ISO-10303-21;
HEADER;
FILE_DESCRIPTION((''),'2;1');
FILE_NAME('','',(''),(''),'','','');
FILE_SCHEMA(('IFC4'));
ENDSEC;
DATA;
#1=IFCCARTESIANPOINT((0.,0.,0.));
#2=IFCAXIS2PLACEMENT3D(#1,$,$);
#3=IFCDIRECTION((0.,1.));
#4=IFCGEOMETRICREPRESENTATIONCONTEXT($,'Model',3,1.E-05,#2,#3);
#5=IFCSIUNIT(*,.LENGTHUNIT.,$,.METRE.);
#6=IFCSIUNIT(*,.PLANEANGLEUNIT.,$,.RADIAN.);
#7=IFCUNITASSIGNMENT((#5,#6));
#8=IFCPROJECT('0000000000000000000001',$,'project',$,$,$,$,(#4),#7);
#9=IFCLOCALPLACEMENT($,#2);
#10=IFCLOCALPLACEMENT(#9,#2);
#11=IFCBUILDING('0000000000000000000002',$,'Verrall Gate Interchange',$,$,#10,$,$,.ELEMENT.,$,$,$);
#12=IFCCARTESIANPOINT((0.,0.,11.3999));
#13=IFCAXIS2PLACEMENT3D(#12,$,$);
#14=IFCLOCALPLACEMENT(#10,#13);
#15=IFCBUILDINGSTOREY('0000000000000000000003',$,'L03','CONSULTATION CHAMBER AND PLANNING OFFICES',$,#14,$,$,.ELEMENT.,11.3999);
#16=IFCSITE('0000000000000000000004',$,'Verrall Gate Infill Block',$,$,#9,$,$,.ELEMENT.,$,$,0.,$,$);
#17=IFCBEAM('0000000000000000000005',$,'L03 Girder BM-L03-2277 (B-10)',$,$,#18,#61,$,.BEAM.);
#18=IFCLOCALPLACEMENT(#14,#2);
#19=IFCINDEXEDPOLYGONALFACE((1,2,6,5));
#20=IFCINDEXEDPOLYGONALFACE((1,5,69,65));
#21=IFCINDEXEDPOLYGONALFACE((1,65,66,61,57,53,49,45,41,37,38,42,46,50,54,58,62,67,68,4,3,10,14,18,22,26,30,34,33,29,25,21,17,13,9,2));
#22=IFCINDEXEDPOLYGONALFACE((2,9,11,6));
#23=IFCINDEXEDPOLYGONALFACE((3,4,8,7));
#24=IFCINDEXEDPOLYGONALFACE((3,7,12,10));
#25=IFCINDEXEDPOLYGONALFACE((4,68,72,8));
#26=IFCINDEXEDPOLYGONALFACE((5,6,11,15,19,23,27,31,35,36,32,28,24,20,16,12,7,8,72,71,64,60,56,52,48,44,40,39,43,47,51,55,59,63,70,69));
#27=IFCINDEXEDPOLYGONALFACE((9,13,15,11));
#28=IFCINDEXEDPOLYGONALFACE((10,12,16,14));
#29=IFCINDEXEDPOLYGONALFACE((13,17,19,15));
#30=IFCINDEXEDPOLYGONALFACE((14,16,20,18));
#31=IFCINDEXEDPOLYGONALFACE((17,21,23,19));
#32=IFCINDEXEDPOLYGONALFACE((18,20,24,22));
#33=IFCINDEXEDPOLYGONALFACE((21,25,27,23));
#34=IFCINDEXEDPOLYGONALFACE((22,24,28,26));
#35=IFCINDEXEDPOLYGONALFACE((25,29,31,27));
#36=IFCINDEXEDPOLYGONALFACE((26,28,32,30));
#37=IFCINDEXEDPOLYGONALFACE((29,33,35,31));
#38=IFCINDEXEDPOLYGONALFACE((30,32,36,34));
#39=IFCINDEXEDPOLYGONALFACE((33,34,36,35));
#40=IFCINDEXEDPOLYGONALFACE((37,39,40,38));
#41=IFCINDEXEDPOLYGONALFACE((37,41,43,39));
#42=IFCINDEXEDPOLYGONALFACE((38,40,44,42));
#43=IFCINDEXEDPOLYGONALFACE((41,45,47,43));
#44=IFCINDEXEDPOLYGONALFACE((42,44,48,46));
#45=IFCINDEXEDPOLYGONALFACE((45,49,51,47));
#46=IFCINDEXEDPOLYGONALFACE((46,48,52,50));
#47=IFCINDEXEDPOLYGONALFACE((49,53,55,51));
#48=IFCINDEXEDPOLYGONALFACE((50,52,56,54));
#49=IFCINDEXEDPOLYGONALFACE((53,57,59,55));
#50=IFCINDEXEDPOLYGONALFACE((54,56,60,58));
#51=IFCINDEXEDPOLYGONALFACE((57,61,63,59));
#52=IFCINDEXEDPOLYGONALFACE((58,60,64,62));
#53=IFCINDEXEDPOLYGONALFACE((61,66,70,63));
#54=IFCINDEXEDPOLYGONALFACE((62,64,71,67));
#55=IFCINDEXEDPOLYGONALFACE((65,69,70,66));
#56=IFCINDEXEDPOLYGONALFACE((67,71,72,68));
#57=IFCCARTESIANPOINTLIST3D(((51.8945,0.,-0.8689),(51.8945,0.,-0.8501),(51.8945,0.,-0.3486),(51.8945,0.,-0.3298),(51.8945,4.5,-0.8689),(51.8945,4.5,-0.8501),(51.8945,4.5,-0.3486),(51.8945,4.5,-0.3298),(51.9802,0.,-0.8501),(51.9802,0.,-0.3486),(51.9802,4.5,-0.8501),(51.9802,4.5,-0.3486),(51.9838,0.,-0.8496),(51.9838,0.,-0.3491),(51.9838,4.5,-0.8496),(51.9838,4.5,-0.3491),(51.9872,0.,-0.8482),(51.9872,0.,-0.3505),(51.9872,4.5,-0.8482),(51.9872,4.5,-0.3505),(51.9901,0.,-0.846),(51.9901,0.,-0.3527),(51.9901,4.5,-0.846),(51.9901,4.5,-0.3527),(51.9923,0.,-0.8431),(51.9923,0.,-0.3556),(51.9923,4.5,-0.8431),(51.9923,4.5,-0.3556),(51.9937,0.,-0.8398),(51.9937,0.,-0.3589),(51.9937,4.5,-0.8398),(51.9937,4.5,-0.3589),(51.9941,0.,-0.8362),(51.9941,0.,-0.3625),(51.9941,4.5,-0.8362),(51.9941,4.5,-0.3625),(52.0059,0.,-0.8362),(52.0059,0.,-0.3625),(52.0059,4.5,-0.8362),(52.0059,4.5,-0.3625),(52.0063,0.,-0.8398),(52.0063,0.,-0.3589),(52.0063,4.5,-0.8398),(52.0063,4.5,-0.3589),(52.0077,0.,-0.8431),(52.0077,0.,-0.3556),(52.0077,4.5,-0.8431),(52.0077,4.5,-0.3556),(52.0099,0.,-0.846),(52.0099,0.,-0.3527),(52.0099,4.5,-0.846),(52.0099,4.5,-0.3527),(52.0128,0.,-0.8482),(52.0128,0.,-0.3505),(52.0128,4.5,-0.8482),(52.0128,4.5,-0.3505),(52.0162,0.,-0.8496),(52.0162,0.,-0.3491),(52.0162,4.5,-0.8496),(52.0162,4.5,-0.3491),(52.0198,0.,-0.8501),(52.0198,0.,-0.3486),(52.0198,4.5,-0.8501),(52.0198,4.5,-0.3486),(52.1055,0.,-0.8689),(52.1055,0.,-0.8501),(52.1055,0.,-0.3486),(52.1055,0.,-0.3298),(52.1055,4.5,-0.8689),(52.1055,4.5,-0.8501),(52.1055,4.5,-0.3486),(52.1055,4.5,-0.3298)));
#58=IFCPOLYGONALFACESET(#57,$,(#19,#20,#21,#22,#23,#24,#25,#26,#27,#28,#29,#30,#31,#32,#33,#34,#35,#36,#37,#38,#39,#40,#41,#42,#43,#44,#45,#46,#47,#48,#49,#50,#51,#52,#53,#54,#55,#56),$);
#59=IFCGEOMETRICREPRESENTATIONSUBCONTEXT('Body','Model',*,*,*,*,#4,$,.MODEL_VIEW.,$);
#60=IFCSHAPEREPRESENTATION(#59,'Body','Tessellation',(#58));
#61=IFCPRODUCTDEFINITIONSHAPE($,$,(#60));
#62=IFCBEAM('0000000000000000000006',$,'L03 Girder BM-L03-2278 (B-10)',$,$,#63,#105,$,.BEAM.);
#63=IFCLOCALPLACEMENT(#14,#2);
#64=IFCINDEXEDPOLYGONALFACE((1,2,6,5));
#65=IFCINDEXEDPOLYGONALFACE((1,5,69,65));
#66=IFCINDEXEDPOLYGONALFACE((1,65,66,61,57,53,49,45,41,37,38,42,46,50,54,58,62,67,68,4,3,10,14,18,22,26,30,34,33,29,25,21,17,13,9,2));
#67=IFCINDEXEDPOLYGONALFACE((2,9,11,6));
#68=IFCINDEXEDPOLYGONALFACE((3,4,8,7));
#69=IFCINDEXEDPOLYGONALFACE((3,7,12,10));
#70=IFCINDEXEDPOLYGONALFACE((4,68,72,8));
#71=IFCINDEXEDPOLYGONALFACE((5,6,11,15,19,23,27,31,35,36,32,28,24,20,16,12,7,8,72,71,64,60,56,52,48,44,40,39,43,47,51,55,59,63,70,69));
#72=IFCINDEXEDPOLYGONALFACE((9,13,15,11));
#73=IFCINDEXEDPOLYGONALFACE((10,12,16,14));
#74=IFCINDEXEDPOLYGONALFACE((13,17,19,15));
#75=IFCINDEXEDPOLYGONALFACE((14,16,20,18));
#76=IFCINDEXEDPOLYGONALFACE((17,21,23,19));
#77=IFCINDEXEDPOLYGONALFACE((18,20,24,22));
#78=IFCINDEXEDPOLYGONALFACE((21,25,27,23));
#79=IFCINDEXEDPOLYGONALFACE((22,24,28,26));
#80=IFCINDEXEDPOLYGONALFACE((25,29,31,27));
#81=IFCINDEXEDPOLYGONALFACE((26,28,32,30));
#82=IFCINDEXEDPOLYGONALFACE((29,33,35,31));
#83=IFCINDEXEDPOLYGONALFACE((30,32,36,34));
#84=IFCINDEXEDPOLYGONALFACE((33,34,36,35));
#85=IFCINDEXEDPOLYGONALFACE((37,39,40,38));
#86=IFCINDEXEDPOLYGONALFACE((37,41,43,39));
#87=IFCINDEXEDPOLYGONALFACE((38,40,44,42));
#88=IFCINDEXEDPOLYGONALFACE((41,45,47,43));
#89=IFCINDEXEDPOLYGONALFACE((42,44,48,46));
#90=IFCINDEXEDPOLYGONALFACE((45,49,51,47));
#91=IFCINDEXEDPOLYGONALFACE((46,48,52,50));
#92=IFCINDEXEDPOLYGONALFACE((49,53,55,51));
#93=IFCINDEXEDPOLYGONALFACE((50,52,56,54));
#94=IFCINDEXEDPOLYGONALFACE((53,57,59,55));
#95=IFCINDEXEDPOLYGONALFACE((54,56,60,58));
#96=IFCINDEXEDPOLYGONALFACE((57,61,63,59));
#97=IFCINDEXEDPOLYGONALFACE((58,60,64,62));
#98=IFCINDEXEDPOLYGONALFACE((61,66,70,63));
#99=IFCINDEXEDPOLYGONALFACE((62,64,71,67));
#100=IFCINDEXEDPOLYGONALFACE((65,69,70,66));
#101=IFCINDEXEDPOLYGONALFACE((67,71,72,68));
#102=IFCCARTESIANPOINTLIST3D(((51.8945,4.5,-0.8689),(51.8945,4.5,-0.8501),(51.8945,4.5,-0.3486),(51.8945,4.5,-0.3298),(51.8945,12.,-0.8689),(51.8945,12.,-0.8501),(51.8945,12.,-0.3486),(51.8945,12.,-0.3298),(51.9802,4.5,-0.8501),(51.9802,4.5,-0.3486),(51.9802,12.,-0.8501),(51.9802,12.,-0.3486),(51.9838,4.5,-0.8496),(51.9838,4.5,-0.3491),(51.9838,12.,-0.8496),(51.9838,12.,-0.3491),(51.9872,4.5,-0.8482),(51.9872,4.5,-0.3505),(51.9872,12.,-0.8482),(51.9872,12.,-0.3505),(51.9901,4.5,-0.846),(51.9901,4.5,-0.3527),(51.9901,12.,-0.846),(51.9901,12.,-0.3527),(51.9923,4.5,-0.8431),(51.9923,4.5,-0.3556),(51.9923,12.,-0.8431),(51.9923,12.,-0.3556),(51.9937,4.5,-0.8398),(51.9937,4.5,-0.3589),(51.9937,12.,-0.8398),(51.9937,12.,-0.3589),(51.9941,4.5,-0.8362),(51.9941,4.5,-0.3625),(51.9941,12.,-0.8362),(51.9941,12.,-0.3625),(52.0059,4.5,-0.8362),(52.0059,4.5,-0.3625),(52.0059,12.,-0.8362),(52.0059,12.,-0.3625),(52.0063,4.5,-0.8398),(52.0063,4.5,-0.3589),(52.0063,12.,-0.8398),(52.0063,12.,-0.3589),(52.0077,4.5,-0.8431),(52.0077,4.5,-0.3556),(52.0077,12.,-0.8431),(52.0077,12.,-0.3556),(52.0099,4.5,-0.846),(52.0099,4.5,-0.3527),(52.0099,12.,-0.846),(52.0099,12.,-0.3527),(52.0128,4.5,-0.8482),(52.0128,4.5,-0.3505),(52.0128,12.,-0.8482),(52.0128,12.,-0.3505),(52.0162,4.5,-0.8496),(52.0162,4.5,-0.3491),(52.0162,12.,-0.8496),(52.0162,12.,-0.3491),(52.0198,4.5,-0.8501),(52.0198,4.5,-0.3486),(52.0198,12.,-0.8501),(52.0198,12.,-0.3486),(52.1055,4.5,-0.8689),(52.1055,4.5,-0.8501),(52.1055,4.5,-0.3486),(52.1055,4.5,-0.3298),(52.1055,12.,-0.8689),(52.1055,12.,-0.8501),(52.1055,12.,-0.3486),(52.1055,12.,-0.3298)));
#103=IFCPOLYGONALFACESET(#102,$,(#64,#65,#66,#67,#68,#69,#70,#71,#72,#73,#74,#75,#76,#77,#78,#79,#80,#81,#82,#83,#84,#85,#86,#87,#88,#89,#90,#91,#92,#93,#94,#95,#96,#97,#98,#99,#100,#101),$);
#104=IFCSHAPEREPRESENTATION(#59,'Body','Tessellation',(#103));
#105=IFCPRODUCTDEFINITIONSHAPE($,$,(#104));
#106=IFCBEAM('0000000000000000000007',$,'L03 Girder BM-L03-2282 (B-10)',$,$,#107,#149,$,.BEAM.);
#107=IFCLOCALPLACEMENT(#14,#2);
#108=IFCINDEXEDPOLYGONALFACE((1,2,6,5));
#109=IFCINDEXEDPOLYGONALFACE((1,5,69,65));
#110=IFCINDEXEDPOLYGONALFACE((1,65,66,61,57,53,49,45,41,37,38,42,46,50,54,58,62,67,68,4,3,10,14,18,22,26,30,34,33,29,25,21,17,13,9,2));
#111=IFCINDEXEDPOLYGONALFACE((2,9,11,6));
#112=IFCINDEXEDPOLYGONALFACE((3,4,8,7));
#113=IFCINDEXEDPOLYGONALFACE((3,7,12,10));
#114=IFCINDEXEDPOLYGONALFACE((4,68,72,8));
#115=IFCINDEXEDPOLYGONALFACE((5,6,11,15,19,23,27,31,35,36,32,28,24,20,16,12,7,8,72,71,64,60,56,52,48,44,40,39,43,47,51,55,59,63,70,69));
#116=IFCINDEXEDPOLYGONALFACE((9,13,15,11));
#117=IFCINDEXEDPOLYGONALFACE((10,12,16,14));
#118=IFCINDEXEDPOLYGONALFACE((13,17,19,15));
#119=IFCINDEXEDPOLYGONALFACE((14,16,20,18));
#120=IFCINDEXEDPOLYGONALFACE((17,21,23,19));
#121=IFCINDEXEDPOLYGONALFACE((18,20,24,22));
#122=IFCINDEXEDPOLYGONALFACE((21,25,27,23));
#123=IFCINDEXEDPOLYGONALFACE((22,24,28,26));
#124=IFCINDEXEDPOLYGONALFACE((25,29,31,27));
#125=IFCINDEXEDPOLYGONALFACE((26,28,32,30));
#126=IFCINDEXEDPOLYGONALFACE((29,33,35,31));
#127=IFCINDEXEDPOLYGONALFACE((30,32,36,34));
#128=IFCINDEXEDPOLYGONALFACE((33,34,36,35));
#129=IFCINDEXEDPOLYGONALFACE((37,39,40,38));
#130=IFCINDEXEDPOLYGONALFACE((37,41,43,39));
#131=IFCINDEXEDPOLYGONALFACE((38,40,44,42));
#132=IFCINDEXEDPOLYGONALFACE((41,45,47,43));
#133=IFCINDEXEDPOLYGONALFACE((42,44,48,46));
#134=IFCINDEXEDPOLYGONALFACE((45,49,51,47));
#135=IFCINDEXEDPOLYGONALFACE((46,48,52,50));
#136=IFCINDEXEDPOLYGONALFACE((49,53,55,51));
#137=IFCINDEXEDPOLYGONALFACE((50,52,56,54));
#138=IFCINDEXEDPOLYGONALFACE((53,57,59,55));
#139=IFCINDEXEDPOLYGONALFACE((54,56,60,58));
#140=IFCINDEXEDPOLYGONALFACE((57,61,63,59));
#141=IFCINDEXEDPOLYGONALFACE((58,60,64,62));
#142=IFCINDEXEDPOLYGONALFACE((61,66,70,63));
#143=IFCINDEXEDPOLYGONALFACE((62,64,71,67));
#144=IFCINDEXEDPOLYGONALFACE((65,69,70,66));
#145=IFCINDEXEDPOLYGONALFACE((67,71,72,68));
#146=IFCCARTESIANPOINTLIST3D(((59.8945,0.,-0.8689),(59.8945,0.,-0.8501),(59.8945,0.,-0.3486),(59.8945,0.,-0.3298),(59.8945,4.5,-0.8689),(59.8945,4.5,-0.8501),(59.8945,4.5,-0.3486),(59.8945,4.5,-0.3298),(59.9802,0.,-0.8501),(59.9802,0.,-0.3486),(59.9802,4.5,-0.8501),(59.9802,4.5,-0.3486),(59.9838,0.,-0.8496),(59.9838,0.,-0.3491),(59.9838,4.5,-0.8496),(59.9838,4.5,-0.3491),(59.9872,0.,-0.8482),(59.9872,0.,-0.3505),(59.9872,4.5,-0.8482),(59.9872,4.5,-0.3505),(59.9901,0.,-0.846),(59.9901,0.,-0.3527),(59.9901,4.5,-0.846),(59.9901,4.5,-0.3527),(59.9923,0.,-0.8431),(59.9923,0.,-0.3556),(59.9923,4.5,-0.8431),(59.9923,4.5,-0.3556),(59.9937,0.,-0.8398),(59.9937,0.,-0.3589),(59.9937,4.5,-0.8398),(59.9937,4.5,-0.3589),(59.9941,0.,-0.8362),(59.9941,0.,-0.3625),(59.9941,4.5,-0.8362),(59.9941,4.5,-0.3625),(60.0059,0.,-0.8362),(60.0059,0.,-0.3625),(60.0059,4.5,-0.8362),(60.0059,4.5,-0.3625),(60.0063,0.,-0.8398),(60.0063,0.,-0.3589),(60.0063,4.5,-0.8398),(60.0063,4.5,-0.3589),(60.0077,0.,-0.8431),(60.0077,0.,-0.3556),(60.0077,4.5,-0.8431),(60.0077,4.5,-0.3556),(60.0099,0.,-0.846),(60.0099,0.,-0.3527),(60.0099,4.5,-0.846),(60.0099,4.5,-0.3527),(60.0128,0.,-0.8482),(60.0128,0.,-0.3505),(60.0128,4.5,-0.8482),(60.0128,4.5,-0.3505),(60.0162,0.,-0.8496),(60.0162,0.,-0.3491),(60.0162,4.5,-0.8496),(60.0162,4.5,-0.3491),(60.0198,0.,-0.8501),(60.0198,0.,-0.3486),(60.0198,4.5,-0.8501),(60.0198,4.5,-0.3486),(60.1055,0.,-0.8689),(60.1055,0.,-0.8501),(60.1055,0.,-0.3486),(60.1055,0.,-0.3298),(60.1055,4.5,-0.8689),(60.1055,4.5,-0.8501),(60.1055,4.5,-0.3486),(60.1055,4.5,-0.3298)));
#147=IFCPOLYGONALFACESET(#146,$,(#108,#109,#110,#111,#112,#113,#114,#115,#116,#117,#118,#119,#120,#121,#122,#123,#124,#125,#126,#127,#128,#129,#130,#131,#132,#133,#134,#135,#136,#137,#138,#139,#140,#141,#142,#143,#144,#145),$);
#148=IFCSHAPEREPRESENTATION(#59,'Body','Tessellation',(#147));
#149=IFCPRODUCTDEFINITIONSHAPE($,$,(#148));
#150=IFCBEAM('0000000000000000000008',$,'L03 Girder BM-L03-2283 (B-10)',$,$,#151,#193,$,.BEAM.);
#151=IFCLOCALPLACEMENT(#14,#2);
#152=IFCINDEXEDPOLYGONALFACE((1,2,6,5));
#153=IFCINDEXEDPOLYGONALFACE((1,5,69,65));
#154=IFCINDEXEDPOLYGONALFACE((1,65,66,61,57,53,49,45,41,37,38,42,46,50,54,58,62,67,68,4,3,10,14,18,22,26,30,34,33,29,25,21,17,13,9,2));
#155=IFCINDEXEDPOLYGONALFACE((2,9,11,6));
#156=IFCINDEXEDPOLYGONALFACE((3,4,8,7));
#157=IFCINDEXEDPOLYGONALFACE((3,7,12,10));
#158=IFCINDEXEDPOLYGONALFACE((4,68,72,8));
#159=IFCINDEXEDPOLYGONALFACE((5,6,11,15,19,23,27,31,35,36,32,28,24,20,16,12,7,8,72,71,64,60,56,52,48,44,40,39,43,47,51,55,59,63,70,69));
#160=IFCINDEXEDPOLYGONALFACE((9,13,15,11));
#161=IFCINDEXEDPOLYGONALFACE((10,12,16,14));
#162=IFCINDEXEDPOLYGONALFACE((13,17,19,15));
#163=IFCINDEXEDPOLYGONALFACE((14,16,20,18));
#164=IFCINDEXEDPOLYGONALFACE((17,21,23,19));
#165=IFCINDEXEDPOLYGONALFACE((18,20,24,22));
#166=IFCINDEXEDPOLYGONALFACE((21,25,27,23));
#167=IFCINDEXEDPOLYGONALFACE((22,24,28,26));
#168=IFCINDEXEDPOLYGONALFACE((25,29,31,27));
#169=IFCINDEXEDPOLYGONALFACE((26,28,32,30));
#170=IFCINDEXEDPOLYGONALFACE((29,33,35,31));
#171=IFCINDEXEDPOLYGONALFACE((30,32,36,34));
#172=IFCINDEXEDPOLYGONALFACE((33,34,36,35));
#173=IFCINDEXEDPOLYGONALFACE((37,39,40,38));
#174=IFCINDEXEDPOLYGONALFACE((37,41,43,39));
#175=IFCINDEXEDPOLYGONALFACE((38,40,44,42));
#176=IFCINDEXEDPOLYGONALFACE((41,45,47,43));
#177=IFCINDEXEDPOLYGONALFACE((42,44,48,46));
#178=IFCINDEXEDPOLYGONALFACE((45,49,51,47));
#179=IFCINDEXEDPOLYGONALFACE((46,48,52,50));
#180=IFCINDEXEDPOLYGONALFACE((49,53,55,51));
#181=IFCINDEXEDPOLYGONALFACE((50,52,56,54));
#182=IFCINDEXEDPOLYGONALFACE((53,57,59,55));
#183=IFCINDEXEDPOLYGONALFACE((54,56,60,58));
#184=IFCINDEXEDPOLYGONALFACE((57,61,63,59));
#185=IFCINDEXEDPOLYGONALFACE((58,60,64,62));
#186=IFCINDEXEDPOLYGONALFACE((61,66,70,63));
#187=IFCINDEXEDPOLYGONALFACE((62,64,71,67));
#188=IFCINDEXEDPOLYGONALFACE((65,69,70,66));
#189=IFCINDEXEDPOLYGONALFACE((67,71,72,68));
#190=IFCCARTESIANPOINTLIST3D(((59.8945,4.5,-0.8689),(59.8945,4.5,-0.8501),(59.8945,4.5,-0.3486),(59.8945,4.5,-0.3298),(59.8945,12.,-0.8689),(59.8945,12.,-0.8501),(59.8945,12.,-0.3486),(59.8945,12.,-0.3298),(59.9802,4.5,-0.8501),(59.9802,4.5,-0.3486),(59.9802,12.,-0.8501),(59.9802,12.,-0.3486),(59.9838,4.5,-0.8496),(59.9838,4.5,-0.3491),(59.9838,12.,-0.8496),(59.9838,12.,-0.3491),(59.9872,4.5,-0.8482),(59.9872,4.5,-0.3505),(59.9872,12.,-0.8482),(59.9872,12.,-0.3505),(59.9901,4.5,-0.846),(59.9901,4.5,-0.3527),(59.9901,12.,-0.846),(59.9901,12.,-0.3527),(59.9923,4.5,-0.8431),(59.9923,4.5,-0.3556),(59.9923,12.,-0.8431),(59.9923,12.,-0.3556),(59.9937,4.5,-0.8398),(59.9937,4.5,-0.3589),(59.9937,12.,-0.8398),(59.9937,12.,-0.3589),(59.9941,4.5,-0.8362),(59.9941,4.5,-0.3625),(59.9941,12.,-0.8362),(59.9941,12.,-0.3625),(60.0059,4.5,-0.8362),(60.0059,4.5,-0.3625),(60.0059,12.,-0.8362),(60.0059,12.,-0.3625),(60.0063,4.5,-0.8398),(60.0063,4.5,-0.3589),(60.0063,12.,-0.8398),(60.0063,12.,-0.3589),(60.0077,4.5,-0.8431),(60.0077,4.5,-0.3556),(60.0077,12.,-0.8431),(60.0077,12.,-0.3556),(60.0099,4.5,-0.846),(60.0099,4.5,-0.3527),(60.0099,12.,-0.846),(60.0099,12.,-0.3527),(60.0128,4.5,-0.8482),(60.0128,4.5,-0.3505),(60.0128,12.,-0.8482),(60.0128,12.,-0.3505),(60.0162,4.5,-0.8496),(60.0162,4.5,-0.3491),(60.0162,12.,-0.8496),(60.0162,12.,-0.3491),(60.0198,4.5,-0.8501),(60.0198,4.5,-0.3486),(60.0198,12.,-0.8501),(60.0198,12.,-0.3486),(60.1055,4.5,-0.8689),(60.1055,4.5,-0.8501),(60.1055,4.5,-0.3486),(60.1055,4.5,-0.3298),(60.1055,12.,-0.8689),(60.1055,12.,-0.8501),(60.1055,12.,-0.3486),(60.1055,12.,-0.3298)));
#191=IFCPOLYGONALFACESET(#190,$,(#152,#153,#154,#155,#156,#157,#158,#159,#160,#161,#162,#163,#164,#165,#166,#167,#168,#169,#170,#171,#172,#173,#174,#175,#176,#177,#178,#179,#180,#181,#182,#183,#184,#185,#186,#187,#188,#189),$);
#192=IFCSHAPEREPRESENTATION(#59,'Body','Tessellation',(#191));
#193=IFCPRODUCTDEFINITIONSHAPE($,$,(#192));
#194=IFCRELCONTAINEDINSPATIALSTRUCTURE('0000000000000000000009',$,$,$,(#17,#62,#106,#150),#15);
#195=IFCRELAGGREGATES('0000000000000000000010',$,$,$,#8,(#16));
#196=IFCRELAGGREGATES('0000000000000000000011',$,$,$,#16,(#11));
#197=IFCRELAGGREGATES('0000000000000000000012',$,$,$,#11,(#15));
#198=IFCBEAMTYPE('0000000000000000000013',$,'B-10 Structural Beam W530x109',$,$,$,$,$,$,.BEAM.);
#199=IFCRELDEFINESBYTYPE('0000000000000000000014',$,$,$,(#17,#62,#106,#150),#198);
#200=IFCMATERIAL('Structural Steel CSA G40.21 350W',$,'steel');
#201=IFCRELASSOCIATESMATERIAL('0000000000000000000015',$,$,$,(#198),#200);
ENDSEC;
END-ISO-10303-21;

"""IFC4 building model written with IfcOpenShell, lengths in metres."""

from ifc_helpers import new_model, si_unit, direction, frame, origin, origin_2d, place, context, subcontext, project, spatial, i_section, extrude, material, material_profile, profile_set, type_object, element, save


model = new_model("IFC4")

# Units and contexts
model_context = context("Model", 3, precision=1e-05, world=origin(), true_north=direction((0.0, 1.0)))
body_context = subcontext(model_context, "Body", "Model", "MODEL_VIEW")
ifc_project = project(units=[si_unit("LENGTHUNIT", "METRE"), si_unit("PLANEANGLEUNIT", "RADIAN")], contexts=[model_context])

# Site, building, storey
site_placement = place(None, origin())
site = spatial("IfcSite", under=ifc_project, at=site_placement, Name="Verrall Gate Infill Block", CompositionType="ELEMENT", RefElevation=0.0)
building_placement = place(site_placement, origin())
building = spatial("IfcBuilding", under=site, at=building_placement, Name="Verrall Gate Interchange", CompositionType="ELEMENT")
storey_placement = place(building_placement, frame((0.0, 0.0, 11.3999)))
storey = spatial("IfcBuildingStorey", under=building, at=storey_placement, Name="L03", Description="CONSULTATION CHAMBER AND PLANNING OFFICES", CompositionType="ELEMENT", Elevation=11.3999)

# Beams
ifc_material_1 = material(Name="Structural Steel CSA G40.21 350W", Category="steel")
ifc_material_profile_1 = material_profile(ifc_material_1, i_section(OverallWidth=0.2109, OverallDepth=0.5391, WebThickness=0.0117, FlangeThickness=0.0188, FilletRadius=0.0139, at=origin_2d()), Name="W530x109")
ifc_profile_set_1 = profile_set([ifc_material_profile_1], Name="Structural Steel CSA G40.21 350W")
beam_type_1 = type_object("IfcBeamType", Name="B-10 Structural Beam W530x109", PredefinedType="BEAM", material=ifc_profile_set_1)
beam_1_placement = place(storey_placement, frame((52.0, 0.0, -0.5994), z_axis=(0.0, 1.0, 0.0), x_axis=(-1.0, 0.0, 0.0)))
element("IfcBeam", 1, at=beam_1_placement, inside=storey, type_object=beam_type_1, Name="L03 Girder BM-L03-2277 (B-10)", PredefinedType="BEAM", context=body_context, shape_type="SweptSolid", body=[
    extrude(i_section(OverallWidth=0.2109, OverallDepth=0.5391, WebThickness=0.0117, FlangeThickness=0.0188, FilletRadius=0.0139, at=origin_2d()), origin(), (0.0, 0.0, 1.0), 4.5),
])
beam_2_placement = place(storey_placement, frame((52.0, 4.5, -0.5994), z_axis=(0.0, 1.0, 0.0), x_axis=(-1.0, 0.0, 0.0)))
element("IfcBeam", 2, at=beam_2_placement, inside=storey, type_object=beam_type_1, Name="L03 Girder BM-L03-2278 (B-10)", PredefinedType="BEAM", context=body_context, shape_type="SweptSolid", body=[
    extrude(i_section(OverallWidth=0.2109, OverallDepth=0.5391, WebThickness=0.0117, FlangeThickness=0.0188, FilletRadius=0.0139, at=origin_2d()), origin(), (0.0, 0.0, 1.0), 7.5),
])
beam_3_placement = place(storey_placement, frame((60.0, 0.0, -0.5994), z_axis=(0.0, 1.0, 0.0), x_axis=(-1.0, 0.0, 0.0)))
element("IfcBeam", 3, at=beam_3_placement, inside=storey, type_object=beam_type_1, Name="L03 Girder BM-L03-2282 (B-10)", PredefinedType="BEAM", context=body_context, shape_type="SweptSolid", body=[
    extrude(i_section(OverallWidth=0.2109, OverallDepth=0.5391, WebThickness=0.0117, FlangeThickness=0.0188, FilletRadius=0.0139, at=origin_2d()), origin(), (0.0, 0.0, 1.0), 4.5),
])
beam_4_placement = place(storey_placement, frame((60.0, 4.5, -0.5994), z_axis=(0.0, 1.0, 0.0), x_axis=(-1.0, 0.0, 0.0)))
element("IfcBeam", 4, at=beam_4_placement, inside=storey, type_object=beam_type_1, Name="L03 Girder BM-L03-2283 (B-10)", PredefinedType="BEAM", context=body_context, shape_type="SweptSolid", body=[
    extrude(i_section(OverallWidth=0.2109, OverallDepth=0.5391, WebThickness=0.0117, FlangeThickness=0.0188, FilletRadius=0.0139, at=origin_2d()), origin(), (0.0, 0.0, 1.0), 7.5),
])

save(model, "model.ifc")
